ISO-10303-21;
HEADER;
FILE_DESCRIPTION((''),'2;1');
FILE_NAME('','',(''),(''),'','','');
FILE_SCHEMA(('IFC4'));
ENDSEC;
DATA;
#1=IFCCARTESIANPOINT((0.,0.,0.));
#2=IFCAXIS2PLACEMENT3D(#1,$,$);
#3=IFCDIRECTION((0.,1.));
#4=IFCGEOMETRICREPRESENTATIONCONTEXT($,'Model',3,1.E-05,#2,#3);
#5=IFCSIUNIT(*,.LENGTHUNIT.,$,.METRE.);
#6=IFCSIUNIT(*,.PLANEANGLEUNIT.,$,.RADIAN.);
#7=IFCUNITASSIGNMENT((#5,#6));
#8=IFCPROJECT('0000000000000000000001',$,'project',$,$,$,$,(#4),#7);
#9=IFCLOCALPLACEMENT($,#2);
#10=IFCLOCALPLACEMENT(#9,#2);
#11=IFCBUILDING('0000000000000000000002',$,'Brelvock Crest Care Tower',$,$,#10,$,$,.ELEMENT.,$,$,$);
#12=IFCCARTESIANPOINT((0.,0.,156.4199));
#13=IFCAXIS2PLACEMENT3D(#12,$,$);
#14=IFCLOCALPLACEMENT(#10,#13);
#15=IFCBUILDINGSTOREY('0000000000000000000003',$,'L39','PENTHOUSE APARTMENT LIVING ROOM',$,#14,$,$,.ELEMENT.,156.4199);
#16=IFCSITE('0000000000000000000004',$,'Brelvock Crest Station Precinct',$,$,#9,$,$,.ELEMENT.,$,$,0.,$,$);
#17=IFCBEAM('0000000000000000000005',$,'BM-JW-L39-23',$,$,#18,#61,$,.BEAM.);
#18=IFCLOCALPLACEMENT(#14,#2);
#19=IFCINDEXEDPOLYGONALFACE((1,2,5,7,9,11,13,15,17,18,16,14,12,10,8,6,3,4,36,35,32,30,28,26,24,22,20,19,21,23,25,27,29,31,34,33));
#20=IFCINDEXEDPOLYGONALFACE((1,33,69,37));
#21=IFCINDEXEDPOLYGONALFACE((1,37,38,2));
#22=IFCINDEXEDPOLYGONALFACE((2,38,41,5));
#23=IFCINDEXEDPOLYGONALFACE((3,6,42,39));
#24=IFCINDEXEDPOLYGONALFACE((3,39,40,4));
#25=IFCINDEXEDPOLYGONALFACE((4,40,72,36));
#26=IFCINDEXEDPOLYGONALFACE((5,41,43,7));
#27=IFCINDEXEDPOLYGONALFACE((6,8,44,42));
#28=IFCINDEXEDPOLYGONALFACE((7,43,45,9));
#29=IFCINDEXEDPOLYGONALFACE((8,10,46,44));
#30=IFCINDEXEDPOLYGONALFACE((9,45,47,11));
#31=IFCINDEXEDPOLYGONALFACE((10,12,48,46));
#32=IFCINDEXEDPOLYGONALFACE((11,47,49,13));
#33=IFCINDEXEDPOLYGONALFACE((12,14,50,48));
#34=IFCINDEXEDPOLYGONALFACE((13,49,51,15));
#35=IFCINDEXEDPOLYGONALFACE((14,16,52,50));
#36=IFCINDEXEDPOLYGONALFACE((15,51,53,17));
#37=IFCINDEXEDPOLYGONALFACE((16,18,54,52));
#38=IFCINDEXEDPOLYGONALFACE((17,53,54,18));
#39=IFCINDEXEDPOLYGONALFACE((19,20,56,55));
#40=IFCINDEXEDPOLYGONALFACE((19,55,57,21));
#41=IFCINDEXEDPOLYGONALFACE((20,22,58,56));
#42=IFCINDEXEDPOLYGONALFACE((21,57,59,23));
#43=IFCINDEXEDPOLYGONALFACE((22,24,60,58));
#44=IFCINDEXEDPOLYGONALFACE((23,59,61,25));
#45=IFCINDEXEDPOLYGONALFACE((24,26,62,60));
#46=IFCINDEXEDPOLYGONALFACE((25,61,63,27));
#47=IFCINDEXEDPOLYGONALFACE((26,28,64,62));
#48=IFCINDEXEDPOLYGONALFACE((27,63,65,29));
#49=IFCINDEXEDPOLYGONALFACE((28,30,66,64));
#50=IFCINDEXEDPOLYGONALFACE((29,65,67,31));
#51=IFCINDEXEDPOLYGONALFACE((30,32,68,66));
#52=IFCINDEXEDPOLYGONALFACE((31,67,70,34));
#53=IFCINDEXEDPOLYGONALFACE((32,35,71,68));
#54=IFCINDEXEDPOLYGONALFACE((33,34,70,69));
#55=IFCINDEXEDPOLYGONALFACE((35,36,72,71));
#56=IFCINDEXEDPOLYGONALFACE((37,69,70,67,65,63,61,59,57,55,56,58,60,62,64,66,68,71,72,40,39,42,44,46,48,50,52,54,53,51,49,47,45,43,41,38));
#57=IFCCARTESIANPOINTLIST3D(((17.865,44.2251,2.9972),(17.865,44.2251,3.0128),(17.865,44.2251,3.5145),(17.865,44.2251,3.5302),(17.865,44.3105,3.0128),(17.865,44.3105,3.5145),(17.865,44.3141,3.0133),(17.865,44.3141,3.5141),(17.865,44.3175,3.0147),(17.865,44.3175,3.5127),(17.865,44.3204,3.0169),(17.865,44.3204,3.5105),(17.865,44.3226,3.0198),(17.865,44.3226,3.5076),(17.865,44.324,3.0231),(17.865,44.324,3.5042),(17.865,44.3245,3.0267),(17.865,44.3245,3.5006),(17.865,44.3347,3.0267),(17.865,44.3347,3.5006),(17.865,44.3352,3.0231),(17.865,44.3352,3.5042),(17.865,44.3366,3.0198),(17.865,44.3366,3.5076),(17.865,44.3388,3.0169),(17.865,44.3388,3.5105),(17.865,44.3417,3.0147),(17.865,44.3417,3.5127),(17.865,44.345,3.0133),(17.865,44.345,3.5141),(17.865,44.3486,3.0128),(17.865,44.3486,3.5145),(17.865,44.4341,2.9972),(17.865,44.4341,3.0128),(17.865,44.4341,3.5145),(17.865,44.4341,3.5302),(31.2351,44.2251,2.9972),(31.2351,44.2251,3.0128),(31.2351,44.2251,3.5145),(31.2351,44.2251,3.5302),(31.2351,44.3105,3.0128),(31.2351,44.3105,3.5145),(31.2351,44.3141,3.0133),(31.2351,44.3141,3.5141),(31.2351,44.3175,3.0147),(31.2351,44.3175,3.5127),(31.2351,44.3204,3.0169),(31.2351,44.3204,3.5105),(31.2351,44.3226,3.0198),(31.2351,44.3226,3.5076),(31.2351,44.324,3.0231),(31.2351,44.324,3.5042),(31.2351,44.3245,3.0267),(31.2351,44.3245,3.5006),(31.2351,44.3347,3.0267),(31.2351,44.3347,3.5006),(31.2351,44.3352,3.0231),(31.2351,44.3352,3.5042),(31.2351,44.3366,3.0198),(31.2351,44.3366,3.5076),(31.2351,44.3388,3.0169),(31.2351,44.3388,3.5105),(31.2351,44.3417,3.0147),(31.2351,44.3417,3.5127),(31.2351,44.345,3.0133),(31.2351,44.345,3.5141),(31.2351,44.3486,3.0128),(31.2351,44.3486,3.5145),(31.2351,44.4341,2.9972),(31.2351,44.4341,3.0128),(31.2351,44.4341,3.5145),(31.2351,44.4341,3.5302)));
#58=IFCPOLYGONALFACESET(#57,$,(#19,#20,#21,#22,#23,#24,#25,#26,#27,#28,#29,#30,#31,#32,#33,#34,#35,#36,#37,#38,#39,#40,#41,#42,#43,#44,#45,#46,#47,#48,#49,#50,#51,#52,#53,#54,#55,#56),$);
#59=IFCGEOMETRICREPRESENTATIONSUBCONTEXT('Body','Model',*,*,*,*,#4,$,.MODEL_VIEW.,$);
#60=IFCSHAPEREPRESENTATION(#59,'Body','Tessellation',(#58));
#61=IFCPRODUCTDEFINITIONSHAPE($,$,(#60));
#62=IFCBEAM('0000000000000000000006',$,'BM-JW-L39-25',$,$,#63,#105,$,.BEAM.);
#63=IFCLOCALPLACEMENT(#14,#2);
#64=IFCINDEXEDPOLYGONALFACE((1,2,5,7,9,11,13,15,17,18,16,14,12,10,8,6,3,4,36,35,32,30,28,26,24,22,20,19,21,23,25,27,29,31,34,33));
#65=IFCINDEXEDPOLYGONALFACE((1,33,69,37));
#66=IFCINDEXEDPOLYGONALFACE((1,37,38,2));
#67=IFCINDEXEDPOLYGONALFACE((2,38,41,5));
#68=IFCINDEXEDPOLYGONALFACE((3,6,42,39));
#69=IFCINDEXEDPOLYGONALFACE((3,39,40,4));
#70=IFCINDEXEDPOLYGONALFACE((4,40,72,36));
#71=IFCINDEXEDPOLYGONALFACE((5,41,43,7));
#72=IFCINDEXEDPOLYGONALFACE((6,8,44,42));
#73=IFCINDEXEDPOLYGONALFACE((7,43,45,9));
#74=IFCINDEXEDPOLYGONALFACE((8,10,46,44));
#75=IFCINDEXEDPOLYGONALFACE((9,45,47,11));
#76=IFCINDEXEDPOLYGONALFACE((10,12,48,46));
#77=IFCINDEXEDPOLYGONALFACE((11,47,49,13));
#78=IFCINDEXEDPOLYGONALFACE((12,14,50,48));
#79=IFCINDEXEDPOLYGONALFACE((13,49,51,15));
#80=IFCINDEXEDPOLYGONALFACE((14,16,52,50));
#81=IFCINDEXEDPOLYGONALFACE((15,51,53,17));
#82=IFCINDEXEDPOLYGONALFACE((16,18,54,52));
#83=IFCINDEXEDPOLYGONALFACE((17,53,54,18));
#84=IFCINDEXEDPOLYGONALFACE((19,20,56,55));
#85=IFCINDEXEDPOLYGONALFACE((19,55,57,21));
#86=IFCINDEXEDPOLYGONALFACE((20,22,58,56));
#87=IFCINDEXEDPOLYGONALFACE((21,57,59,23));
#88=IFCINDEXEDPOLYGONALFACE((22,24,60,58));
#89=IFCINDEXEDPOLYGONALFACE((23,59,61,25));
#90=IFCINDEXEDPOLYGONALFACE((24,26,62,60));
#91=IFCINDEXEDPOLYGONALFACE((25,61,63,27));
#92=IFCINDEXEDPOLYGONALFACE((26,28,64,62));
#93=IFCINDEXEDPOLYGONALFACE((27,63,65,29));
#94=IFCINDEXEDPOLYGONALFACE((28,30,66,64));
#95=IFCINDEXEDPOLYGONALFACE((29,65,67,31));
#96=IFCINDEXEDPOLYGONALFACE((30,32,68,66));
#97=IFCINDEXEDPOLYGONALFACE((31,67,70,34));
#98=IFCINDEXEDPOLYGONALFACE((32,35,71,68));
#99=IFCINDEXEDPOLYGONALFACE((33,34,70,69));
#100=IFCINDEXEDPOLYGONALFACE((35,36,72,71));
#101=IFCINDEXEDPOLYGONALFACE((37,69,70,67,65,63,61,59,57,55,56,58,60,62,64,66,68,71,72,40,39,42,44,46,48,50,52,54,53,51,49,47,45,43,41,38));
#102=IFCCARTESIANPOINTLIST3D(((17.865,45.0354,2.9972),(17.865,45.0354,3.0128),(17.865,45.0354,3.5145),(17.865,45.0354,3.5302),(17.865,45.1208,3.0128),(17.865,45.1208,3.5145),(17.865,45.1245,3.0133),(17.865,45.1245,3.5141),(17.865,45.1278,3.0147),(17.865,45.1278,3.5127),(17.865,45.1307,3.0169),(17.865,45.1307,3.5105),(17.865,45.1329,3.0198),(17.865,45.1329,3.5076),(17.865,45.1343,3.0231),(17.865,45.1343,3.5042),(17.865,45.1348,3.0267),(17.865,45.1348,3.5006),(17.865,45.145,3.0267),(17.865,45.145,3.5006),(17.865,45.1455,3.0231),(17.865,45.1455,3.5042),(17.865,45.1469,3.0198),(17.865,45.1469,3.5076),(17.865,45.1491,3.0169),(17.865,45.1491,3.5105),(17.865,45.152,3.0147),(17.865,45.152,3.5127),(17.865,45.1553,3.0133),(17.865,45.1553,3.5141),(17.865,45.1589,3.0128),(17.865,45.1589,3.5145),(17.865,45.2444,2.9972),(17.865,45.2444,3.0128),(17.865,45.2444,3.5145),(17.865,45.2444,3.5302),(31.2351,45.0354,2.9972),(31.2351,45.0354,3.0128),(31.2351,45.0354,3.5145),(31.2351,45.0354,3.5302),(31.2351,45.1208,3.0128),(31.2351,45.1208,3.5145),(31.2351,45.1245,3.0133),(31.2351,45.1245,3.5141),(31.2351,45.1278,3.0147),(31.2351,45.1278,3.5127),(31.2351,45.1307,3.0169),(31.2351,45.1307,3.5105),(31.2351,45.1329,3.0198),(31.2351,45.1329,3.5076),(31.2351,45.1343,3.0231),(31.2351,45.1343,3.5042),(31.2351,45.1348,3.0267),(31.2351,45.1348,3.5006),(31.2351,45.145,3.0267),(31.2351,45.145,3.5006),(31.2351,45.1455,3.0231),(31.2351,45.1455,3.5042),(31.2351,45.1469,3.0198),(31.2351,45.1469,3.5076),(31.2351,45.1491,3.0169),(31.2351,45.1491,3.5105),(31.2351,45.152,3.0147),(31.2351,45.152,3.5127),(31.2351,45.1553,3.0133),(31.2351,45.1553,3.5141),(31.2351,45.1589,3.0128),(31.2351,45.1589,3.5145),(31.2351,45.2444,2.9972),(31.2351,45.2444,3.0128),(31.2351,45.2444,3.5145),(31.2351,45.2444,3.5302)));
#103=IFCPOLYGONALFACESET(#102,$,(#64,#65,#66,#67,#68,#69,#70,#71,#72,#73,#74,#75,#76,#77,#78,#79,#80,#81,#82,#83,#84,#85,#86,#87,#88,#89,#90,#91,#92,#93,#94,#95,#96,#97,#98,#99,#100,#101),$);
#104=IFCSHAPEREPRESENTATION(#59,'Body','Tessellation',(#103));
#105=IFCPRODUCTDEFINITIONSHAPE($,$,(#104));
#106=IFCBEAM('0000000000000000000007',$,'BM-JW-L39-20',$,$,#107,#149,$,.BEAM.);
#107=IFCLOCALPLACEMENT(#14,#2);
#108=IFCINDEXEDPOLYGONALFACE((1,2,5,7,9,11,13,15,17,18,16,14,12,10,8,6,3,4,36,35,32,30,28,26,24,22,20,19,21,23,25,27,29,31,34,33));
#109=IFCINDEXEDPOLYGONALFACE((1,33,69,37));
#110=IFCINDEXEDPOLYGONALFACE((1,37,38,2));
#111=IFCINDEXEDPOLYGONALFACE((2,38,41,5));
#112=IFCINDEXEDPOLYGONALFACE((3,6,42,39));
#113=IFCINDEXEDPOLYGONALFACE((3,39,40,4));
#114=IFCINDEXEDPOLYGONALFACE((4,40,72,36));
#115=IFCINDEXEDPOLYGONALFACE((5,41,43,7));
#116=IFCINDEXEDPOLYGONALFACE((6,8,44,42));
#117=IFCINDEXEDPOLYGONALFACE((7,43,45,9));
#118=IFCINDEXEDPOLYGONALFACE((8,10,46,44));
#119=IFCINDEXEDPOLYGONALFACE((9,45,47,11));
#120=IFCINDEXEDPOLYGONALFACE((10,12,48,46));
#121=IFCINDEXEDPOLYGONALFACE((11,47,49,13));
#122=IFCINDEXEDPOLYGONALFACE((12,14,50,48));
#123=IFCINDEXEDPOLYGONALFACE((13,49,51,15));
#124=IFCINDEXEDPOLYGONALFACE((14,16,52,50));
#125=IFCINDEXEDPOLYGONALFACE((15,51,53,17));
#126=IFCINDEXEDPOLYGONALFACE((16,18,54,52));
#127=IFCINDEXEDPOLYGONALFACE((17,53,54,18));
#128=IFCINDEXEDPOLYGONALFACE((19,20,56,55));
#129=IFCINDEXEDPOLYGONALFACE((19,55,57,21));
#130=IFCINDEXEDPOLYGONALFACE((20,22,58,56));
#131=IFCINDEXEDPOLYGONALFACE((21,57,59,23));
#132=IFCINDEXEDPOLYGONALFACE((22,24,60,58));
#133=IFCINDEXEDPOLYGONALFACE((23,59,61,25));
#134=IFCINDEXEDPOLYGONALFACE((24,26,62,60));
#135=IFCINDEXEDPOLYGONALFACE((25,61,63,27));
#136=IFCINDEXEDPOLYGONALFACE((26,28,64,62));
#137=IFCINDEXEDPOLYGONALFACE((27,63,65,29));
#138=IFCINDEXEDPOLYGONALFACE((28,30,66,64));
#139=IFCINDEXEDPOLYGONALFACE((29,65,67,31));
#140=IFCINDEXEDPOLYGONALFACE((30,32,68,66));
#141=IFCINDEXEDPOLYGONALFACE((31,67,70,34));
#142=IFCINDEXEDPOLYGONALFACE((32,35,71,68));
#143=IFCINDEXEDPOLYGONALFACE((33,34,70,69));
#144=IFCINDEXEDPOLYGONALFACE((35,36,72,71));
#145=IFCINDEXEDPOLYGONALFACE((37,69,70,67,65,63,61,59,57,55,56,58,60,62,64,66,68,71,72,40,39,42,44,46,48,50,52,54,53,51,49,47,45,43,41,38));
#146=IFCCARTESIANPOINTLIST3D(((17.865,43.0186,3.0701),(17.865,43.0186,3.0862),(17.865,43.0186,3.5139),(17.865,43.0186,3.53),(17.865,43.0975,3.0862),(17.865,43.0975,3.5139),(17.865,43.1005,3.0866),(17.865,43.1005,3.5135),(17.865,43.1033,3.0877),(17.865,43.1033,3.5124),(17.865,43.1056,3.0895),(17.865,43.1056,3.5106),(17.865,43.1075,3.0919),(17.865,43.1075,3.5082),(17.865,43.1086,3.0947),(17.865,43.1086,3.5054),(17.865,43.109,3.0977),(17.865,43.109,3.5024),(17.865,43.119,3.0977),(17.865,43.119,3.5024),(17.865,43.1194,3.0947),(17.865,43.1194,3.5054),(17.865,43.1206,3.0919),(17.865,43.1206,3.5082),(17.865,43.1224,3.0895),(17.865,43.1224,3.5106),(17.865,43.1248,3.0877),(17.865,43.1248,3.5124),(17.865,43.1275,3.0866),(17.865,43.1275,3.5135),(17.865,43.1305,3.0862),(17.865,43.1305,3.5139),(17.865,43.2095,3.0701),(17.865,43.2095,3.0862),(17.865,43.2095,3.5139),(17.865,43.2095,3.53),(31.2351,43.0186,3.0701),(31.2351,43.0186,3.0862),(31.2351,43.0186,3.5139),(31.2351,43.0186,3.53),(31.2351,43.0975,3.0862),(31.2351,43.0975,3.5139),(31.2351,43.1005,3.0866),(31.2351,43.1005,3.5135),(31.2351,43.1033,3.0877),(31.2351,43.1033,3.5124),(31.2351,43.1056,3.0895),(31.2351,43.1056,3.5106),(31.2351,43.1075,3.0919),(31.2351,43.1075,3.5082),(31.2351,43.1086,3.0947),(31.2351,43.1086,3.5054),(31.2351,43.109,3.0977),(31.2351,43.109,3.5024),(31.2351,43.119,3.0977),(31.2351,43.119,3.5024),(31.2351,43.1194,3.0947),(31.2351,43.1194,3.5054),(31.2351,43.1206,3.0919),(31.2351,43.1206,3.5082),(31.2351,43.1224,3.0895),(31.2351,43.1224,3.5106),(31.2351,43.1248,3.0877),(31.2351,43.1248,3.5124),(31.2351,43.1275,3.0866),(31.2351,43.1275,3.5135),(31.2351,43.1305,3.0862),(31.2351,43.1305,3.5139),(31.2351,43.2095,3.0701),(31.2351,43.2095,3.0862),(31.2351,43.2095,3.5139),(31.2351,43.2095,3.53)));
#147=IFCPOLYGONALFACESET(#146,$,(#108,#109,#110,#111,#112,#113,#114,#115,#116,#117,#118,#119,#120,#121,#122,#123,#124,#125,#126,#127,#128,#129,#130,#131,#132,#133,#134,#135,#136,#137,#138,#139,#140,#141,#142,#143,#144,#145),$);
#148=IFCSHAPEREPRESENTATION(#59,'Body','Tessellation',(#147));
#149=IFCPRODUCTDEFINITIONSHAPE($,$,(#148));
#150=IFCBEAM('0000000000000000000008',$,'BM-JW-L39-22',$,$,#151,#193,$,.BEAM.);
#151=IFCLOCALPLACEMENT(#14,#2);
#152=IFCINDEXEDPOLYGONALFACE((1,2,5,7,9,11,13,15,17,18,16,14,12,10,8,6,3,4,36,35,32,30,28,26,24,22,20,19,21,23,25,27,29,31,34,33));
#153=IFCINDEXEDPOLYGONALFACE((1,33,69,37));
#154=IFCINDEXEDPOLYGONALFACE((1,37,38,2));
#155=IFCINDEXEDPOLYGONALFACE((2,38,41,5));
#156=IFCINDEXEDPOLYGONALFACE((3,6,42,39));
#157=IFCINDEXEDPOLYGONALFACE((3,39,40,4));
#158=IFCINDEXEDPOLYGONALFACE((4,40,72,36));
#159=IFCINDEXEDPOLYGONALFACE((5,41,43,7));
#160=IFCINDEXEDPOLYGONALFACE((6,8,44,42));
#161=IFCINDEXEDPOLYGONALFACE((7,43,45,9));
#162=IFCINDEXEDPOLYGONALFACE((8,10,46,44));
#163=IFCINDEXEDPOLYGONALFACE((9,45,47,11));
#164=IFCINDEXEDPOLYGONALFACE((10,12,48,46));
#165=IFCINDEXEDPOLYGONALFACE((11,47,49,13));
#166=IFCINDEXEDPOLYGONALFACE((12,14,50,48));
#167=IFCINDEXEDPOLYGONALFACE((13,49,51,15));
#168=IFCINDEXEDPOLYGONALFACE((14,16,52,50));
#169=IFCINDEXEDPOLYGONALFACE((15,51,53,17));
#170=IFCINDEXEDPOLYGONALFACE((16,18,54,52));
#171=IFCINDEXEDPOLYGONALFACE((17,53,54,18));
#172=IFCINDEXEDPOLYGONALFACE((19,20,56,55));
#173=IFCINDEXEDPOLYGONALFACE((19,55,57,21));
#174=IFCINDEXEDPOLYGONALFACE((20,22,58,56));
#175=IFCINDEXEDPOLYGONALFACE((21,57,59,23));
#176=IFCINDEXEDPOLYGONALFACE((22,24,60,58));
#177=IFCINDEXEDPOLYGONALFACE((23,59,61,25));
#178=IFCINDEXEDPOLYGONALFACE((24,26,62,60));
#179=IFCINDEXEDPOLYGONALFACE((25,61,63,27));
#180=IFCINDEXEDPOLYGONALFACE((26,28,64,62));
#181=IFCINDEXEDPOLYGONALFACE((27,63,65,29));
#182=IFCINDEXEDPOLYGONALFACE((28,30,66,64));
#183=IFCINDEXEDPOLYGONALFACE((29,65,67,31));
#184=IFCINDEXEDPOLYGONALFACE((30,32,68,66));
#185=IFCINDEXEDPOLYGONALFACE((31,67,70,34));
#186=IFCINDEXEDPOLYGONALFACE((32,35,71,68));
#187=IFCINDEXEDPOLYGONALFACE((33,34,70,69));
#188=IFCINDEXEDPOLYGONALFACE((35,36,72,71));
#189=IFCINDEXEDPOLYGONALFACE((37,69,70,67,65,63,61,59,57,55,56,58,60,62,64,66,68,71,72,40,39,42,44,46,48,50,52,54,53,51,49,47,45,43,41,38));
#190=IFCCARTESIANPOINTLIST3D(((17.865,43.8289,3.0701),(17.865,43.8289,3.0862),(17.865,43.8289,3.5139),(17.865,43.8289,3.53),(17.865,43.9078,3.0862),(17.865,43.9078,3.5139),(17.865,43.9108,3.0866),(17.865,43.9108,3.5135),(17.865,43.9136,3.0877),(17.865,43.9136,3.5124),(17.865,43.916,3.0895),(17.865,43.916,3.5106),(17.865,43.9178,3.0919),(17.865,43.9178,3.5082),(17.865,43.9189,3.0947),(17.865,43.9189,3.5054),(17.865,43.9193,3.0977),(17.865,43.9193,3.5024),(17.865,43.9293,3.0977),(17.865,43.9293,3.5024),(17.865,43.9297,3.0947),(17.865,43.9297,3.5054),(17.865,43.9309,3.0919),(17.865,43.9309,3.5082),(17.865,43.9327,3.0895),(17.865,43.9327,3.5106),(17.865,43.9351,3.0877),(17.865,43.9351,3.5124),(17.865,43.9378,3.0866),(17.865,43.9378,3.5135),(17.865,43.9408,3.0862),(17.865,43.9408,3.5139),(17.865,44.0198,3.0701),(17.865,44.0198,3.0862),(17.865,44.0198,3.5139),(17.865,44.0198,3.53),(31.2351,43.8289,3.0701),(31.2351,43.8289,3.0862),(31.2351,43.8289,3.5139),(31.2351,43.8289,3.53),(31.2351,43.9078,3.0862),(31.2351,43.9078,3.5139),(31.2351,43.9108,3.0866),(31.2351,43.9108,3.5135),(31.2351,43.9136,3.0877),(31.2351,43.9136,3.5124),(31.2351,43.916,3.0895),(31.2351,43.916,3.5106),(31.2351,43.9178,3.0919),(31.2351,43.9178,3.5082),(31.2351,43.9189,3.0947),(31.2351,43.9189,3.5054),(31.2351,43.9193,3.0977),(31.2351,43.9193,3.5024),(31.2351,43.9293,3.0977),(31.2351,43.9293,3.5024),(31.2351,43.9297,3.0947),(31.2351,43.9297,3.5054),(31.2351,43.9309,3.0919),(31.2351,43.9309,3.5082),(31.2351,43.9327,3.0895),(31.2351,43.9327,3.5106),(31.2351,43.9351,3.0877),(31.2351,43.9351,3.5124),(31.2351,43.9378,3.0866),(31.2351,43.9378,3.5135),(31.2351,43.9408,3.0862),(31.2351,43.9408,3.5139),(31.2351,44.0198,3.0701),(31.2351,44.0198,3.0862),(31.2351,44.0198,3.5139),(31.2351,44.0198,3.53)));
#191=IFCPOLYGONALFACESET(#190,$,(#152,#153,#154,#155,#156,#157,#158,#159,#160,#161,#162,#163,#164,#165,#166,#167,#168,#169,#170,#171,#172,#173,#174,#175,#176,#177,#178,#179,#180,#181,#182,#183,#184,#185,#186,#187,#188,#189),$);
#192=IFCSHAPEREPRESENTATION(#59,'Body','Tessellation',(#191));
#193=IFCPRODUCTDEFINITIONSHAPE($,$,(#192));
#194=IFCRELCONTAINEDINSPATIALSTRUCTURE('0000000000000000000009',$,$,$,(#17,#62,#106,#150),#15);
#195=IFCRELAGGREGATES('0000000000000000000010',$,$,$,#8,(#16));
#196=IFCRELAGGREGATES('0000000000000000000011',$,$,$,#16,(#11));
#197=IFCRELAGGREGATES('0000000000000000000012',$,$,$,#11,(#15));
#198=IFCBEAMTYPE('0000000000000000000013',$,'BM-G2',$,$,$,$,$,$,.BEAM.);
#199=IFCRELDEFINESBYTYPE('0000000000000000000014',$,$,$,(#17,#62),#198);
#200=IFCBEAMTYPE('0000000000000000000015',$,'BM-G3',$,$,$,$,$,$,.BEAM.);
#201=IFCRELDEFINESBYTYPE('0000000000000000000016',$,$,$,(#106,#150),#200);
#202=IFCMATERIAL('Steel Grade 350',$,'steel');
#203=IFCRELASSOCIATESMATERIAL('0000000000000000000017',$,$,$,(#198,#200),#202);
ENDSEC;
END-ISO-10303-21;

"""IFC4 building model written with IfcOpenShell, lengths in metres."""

from ifc_helpers import new_model, si_unit, direction, frame, origin, origin_2d, place, context, subcontext, project, spatial, i_section, extrude, source, transform, mapped, material, material_profile, profile_set, type_object, element, save


model = new_model("IFC4")

# Units and contexts
model_context = context("Model", 3, precision=1e-05, world=origin(), true_north=direction((0.0, 1.0)))
body_context = subcontext(model_context, "Body", "Model", "MODEL_VIEW")
ifc_project = project(units=[si_unit("LENGTHUNIT", "METRE"), si_unit("PLANEANGLEUNIT", "RADIAN")], contexts=[model_context])

# Site, building, storey
site_placement = place(None, origin())
site = spatial("IfcSite", under=ifc_project, at=site_placement, Name="Brelvock Crest Station Precinct", CompositionType="ELEMENT", RefElevation=0.0)
building_placement = place(site_placement, origin())
building = spatial("IfcBuilding", under=site, at=building_placement, Name="Brelvock Crest Care Tower", CompositionType="ELEMENT")
storey_placement = place(building_placement, frame((0.0, 0.0, 156.4199)))
storey = spatial("IfcBuildingStorey", under=building, at=storey_placement, Name="L39", Description="PENTHOUSE APARTMENT LIVING ROOM", CompositionType="ELEMENT", Elevation=156.4199)

# Beams
ifc_material_1 = material(Name="Steel Grade 350", Category="steel")
ifc_material_profile_1 = material_profile(ifc_material_1, i_section(OverallWidth=0.209, OverallDepth=0.533, WebThickness=0.0103, FlangeThickness=0.0156, FilletRadius=0.0139, at=origin_2d()), Name="530UB92.4")
ifc_profile_set_1 = profile_set([ifc_material_profile_1], Name="Steel Grade 350")
beam_type_1 = type_object("IfcBeamType", Name="BM-G2", PredefinedType="BEAM", material=ifc_profile_set_1)
shared_shape_1 = source(origin(), body_context, "Body", "SweptSolid", [
    extrude(i_section(OverallWidth=0.209, OverallDepth=0.533, WebThickness=0.0103, FlangeThickness=0.0156, FilletRadius=0.0139, at=origin_2d()), origin(), (0.0, 0.0, 1.0), 13.3701),
])
for number, where, z_axis, x_axis, name in (
    (1, (17.865, 44.3296, 3.2637), (1.0, 0.0, 0.0), (0.0, 1.0, 0.0), "BM-JW-L39-23"),
    (2, (17.865, 45.1399, 3.2637), (1.0, 0.0, 0.0), (0.0, 1.0, 0.0), "BM-JW-L39-25"),
):
    element("IfcBeam", number, at=place(storey_placement, frame(where, z_axis=z_axis, x_axis=x_axis)), inside=storey, type_object=beam_type_1, Name=name, PredefinedType="BEAM", context=body_context, shape_type="MappedRepresentation", body=[
        mapped(shared_shape_1, transform((0.0, 0.0, 0.0), x_axis=(1.0, 0.0, 0.0), y_axis=(0.0, 1.0, 0.0), z_axis=(0.0, 0.0, 1.0), scale=1.0)),
    ])
ifc_material_profile_2 = material_profile(ifc_material_1, i_section(OverallWidth=0.1909, OverallDepth=0.46, WebThickness=0.01, FlangeThickness=0.0161, FilletRadius=0.0115, at=origin_2d()), Name="460UB82.1")
ifc_profile_set_2 = profile_set([ifc_material_profile_2], Name="Steel Grade 350")
beam_type_2 = type_object("IfcBeamType", Name="BM-G3", PredefinedType="BEAM", material=ifc_profile_set_2)
shared_shape_2 = source(origin(), body_context, "Body", "SweptSolid", [
    extrude(i_section(OverallWidth=0.1909, OverallDepth=0.46, WebThickness=0.01, FlangeThickness=0.0161, FilletRadius=0.0115, at=origin_2d()), origin(), (0.0, 0.0, 1.0), 13.3701),
])
for number, where, z_axis, x_axis, name in (
    (3, (17.865, 43.114, 3.3), (1.0, 0.0, 0.0), (0.0, 1.0, 0.0), "BM-JW-L39-20"),
    (4, (17.865, 43.9243, 3.3), (1.0, 0.0, 0.0), (0.0, 1.0, 0.0), "BM-JW-L39-22"),
):
    element("IfcBeam", number, at=place(storey_placement, frame(where, z_axis=z_axis, x_axis=x_axis)), inside=storey, type_object=beam_type_2, Name=name, PredefinedType="BEAM", context=body_context, shape_type="MappedRepresentation", body=[
        mapped(shared_shape_2, transform((0.0, 0.0, 0.0), x_axis=(1.0, 0.0, 0.0), y_axis=(0.0, 1.0, 0.0), z_axis=(0.0, 0.0, 1.0), scale=1.0)),
    ])

save(model, "model.ifc")
